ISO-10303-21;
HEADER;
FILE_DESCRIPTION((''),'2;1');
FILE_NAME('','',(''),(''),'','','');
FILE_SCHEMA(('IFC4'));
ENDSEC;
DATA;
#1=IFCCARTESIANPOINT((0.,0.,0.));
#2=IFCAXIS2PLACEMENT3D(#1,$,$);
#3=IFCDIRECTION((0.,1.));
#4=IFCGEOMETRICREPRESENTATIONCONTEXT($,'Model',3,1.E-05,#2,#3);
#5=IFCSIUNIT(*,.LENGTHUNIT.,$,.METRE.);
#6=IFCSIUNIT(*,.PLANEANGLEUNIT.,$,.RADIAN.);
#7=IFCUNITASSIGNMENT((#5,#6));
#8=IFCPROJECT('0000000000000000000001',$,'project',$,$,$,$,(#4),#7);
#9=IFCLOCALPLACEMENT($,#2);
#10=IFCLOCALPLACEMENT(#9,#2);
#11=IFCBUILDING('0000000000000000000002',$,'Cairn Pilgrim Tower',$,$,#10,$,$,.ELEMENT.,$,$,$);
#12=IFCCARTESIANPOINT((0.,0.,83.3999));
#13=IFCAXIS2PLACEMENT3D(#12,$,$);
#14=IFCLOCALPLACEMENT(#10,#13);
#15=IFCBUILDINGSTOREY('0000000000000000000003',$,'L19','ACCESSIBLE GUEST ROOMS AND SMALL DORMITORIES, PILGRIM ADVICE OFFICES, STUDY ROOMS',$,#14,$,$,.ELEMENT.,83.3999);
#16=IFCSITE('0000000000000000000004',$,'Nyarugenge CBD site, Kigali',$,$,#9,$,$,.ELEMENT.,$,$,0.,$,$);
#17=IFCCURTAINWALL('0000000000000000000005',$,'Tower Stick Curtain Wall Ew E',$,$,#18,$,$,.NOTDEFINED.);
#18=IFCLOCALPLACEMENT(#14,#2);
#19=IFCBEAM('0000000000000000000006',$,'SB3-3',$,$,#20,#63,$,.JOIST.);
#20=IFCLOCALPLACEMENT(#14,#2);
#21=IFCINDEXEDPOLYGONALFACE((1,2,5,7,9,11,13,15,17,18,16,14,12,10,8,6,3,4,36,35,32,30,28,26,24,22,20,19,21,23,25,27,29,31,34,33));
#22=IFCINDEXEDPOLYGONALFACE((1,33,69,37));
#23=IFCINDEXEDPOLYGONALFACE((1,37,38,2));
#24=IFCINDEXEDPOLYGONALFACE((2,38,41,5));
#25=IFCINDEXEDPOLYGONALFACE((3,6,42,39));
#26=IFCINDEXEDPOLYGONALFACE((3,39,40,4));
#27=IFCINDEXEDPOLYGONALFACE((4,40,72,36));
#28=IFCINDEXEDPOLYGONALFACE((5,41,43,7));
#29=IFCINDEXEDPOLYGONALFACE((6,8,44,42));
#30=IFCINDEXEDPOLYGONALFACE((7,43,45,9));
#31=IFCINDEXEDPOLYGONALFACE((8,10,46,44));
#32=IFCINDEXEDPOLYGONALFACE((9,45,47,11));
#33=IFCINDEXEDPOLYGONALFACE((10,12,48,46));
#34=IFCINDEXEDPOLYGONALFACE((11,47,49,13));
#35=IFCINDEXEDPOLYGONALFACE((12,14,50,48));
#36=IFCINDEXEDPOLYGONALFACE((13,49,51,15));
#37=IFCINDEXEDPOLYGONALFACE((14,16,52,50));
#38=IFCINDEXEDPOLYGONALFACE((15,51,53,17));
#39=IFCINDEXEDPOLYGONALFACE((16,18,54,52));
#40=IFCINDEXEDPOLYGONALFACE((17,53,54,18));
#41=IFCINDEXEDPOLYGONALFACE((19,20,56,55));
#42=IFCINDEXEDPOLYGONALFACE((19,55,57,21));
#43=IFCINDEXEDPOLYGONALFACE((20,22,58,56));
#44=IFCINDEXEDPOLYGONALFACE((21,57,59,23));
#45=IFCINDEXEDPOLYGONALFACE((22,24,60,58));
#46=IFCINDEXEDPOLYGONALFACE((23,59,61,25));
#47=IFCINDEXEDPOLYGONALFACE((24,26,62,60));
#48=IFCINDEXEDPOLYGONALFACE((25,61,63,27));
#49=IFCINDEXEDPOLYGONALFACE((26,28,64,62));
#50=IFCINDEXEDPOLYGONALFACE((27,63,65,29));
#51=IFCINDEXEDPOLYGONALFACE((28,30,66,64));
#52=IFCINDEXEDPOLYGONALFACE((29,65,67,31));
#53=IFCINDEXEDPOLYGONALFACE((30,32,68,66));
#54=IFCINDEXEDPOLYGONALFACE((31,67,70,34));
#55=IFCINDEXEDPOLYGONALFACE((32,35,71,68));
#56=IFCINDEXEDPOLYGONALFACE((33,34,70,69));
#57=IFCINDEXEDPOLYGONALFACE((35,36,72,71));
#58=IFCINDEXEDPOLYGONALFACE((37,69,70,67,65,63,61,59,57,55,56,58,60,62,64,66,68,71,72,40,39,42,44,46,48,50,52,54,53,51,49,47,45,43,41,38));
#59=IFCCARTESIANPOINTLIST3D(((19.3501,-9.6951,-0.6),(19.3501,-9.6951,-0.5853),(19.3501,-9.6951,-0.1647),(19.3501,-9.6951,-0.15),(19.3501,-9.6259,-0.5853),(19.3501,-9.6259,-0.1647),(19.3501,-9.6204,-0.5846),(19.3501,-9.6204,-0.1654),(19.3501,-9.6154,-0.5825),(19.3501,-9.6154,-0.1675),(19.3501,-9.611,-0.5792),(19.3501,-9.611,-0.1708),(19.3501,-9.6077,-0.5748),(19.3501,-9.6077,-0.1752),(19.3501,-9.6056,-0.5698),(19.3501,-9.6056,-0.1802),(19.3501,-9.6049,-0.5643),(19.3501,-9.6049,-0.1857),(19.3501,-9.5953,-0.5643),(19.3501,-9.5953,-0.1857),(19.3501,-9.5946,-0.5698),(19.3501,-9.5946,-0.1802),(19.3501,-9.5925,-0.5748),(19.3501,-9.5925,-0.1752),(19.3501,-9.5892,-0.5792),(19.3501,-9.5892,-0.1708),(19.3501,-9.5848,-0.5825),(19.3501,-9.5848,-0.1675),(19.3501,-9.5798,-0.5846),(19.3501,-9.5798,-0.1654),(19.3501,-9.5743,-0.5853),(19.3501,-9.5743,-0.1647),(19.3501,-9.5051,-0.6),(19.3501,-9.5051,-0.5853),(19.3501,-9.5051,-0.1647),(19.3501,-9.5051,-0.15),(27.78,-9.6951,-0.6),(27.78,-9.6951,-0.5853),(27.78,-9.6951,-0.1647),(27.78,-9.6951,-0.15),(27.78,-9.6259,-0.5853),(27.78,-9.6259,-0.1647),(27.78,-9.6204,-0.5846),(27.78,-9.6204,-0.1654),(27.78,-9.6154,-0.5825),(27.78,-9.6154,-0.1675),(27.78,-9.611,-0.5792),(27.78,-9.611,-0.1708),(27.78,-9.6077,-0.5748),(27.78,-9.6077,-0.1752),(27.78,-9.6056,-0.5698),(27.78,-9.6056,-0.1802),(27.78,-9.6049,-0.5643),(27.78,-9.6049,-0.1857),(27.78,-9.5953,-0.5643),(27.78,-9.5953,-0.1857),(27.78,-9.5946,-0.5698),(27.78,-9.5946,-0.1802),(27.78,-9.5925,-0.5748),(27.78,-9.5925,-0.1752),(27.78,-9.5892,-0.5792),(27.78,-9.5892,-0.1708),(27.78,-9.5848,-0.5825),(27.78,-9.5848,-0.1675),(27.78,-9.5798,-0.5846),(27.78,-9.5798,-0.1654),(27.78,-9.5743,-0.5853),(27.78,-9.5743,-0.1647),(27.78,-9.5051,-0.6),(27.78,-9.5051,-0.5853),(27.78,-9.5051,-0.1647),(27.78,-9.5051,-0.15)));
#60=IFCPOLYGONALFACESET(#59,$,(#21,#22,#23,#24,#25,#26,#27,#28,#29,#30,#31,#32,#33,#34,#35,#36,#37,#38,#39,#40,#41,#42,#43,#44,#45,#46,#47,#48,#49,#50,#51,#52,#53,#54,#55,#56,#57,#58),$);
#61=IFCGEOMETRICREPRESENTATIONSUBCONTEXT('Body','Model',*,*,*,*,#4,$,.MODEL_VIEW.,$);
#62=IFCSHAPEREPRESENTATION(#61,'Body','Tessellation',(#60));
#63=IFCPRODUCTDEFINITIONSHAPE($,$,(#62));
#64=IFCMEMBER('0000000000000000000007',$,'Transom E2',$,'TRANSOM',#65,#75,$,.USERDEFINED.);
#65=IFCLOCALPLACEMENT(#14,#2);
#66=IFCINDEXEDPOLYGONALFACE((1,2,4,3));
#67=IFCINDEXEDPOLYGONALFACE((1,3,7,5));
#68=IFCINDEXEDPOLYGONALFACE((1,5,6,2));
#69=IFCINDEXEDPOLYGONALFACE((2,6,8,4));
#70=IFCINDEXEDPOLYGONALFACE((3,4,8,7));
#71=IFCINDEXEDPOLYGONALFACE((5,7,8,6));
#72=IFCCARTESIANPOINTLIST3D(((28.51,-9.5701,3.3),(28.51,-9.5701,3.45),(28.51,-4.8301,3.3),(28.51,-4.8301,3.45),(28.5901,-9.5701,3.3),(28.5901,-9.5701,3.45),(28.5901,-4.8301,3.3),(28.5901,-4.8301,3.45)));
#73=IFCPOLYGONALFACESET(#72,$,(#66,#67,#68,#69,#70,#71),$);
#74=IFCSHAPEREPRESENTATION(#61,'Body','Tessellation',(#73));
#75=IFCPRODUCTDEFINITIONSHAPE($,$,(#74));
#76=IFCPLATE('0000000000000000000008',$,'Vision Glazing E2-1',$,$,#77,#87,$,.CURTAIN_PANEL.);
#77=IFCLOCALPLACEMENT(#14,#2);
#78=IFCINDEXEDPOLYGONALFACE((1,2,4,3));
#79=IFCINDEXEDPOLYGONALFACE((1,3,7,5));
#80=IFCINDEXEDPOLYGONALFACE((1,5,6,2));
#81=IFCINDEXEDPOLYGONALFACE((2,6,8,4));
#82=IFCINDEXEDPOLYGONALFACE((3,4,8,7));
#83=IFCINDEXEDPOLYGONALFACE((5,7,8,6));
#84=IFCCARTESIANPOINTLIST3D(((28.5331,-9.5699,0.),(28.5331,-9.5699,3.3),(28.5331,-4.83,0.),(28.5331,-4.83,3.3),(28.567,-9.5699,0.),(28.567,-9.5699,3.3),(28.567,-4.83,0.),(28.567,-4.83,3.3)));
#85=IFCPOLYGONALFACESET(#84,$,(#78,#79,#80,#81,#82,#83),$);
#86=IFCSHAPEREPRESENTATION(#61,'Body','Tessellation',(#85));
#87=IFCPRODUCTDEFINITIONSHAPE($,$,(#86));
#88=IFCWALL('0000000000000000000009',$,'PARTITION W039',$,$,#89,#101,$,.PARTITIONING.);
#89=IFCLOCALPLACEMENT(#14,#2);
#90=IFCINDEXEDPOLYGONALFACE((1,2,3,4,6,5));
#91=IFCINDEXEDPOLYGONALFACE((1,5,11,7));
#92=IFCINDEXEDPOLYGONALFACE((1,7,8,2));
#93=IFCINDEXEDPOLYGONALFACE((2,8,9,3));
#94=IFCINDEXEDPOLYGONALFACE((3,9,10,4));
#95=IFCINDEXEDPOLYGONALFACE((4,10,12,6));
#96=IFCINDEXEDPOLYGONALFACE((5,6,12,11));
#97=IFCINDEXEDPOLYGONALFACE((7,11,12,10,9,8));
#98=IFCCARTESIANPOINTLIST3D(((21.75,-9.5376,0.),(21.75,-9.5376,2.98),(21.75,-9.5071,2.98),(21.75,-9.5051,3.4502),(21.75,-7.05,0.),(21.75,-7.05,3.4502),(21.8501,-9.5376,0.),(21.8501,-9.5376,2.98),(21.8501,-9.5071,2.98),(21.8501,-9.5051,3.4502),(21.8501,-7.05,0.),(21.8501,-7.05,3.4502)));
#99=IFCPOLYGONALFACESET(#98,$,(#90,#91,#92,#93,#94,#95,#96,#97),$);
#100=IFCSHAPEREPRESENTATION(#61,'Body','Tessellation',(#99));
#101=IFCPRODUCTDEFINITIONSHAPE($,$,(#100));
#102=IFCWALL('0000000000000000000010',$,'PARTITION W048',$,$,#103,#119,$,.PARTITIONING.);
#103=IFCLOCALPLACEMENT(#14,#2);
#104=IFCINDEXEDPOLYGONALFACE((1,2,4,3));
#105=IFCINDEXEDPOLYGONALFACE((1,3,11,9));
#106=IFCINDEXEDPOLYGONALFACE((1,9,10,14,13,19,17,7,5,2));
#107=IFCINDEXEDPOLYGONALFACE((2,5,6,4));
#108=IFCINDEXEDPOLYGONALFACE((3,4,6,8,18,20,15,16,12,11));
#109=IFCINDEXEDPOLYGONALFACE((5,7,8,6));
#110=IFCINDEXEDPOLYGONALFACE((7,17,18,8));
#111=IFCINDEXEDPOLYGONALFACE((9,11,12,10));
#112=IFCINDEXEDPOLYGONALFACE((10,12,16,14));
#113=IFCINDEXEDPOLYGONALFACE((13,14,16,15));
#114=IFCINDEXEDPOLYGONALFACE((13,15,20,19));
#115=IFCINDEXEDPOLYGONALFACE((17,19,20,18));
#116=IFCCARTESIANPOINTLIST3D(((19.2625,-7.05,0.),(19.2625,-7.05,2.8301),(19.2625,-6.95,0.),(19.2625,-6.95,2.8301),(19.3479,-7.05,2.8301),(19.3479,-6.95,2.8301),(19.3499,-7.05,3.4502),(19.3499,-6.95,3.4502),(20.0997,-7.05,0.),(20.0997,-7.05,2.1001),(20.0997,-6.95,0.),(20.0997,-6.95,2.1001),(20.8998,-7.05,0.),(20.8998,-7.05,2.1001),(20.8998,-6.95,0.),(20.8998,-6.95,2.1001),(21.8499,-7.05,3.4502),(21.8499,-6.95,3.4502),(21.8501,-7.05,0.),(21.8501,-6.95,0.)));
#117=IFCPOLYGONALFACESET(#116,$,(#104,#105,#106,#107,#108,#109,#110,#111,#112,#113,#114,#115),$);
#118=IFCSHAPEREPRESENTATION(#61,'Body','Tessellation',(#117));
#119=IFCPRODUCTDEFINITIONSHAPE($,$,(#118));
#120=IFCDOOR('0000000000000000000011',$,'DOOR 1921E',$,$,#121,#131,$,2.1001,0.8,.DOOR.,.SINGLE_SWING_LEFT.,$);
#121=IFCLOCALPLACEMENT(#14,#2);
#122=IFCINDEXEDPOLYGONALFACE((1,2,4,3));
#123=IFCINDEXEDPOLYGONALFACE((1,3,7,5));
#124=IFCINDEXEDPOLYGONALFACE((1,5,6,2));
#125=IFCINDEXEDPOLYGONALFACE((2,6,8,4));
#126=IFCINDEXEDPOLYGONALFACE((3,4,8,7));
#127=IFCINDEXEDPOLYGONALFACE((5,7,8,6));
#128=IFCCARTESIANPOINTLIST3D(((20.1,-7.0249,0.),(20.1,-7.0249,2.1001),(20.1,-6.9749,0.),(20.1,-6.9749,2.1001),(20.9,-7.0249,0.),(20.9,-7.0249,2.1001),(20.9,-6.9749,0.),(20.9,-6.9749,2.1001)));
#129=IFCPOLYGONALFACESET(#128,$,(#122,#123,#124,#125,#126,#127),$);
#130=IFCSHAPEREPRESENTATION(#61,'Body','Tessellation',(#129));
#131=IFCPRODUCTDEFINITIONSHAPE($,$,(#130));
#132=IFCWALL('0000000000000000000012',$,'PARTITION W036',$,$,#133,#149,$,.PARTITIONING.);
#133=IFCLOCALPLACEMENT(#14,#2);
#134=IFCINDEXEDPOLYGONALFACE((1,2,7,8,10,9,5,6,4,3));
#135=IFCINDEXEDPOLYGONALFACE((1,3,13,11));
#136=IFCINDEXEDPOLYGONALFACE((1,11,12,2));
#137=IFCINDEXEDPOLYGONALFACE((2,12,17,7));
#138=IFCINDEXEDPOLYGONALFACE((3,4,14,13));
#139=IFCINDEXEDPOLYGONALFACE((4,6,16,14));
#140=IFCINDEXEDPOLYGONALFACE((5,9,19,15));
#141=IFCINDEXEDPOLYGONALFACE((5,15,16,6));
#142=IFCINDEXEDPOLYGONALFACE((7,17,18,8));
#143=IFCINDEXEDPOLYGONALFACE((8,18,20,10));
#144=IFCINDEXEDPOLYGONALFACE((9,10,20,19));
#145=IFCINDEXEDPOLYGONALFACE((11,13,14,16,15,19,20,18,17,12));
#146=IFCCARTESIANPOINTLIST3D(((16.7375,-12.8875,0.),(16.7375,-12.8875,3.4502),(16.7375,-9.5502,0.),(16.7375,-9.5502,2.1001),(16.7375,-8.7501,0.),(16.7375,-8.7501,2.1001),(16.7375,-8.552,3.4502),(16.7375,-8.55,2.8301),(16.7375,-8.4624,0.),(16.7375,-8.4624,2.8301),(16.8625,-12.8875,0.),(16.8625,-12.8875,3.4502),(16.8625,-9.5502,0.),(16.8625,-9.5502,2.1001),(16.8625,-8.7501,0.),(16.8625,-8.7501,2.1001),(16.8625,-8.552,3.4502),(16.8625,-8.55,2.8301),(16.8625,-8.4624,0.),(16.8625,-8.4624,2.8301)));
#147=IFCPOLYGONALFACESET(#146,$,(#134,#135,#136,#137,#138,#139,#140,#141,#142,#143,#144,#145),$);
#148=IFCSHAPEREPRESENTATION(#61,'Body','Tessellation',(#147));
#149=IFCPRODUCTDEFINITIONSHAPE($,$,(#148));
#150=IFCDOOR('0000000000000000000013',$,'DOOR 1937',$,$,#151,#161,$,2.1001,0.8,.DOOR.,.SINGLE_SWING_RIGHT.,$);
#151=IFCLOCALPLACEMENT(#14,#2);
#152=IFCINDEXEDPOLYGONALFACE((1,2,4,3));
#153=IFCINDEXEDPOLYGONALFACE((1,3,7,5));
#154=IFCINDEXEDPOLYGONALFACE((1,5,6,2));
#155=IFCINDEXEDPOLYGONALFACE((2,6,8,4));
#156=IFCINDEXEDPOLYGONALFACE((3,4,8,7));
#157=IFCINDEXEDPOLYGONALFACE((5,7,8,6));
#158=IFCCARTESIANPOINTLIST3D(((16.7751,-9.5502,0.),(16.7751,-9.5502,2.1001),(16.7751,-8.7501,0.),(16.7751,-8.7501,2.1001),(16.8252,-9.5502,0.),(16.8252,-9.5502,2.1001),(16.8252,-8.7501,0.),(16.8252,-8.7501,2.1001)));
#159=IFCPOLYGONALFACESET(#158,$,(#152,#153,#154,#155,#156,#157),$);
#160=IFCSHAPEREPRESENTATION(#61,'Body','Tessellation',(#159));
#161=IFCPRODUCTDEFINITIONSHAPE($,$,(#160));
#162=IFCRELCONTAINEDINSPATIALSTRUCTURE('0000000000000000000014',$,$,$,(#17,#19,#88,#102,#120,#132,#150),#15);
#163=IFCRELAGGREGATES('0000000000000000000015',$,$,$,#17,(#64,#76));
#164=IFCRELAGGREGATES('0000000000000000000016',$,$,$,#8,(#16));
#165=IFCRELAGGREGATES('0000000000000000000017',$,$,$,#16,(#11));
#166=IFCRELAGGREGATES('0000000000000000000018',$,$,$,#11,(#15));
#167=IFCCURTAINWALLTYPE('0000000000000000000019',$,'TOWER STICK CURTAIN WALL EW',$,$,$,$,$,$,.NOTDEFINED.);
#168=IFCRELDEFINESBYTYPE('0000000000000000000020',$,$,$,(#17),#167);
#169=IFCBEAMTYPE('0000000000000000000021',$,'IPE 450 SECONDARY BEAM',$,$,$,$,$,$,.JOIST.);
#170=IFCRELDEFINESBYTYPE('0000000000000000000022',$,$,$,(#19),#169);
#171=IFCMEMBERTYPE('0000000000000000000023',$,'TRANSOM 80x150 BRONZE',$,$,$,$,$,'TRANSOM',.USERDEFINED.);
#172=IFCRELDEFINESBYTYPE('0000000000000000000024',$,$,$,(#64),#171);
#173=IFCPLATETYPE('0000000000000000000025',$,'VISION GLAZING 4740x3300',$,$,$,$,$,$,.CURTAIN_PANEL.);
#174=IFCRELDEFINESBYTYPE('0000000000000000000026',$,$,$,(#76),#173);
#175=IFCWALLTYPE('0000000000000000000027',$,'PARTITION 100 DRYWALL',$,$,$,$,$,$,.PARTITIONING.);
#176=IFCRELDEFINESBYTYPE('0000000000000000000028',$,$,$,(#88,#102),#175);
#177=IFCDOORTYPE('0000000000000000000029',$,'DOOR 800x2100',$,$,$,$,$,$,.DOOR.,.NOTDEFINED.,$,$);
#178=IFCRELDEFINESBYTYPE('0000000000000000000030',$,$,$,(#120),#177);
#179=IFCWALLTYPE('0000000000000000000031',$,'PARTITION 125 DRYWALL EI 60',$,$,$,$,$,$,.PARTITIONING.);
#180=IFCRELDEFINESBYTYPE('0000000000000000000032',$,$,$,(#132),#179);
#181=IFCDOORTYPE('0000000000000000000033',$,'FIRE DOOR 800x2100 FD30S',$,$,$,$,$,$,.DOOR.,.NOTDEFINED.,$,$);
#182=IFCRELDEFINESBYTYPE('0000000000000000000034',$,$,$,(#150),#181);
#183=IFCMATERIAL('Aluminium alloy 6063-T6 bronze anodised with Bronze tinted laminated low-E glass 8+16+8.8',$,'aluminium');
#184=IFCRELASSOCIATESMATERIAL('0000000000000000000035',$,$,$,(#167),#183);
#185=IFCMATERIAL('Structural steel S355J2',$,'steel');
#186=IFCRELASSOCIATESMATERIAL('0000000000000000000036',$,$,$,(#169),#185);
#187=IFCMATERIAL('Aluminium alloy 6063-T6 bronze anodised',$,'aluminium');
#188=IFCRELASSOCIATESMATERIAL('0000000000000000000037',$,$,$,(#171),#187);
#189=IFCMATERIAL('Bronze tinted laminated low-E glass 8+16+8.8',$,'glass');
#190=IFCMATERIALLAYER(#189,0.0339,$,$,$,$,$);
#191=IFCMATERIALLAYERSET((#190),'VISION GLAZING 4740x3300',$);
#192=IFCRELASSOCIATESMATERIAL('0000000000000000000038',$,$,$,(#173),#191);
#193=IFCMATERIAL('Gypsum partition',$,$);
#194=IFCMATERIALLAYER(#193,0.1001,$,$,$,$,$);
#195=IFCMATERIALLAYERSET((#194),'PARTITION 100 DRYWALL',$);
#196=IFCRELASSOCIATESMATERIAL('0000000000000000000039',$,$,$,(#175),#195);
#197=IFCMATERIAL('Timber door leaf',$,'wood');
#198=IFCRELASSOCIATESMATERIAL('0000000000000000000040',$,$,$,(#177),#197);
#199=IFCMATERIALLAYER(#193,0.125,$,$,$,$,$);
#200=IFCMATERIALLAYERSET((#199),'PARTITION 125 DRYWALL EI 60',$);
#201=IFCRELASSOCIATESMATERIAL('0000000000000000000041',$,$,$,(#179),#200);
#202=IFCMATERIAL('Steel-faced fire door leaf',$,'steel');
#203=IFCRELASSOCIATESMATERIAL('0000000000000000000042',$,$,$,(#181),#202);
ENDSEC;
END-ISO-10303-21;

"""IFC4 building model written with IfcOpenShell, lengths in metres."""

from ifc_helpers import new_model, si_unit, direction, frame, frame_2d, origin, origin_2d, place, context, subcontext, project, spatial, polyline, rectangle, i_section, outline, extrude, material, layer, layer_set, material_profile, profile_set, type_object, element, fill, aggregate, save


model = new_model("IFC4")

# Units and contexts
model_context = context("Model", 3, precision=1e-05, world=origin(), true_north=direction((0.0, 1.0)))
body_context = subcontext(model_context, "Body", "Model", "MODEL_VIEW")
ifc_project = project(units=[si_unit("LENGTHUNIT", "METRE"), si_unit("PLANEANGLEUNIT", "RADIAN")], contexts=[model_context])

# Site, building, storey
site_placement = place(None, origin())
site = spatial("IfcSite", under=ifc_project, at=site_placement, Name="Nyarugenge CBD site, Kigali", CompositionType="ELEMENT", RefElevation=0.0)
building_placement = place(site_placement, origin())
building = spatial("IfcBuilding", under=site, at=building_placement, Name="Cairn Pilgrim Tower", CompositionType="ELEMENT")
storey_placement = place(building_placement, frame((0.0, 0.0, 83.3999)))
storey = spatial("IfcBuildingStorey", under=building, at=storey_placement, Name="L19", Description="ACCESSIBLE GUEST ROOMS AND SMALL DORMITORIES, PILGRIM ADVICE OFFICES, STUDY ROOMS", CompositionType="ELEMENT", Elevation=83.3999)

# Curtain wall
ifc_material_1 = material(Name="Aluminium alloy 6063-T6 bronze anodised with Bronze tinted laminated low-E glass 8+16+8.8", Category="aluminium")
curtain_wall_type = type_object("IfcCurtainWallType", Name="TOWER STICK CURTAIN WALL EW", PredefinedType="NOTDEFINED", material=ifc_material_1)
curtain_wall_placement = place(storey_placement, origin())
curtain_wall = element("IfcCurtainWall", 1, at=curtain_wall_placement, inside=storey, type_object=curtain_wall_type, Name="Tower Stick Curtain Wall Ew E", PredefinedType="NOTDEFINED")
ifc_material_2 = material(Name="Aluminium alloy 6063-T6 bronze anodised", Category="aluminium")

# Beam
ifc_material_3 = material(Name="Structural steel S355J2", Category="steel")
ifc_material_profile_1 = material_profile(ifc_material_3, i_section(OverallWidth=0.1899, OverallDepth=0.45, WebThickness=0.0095, FlangeThickness=0.0146, FilletRadius=0.021, at=origin_2d()), Name="IPE 450")
ifc_profile_set_1 = profile_set([ifc_material_profile_1], Name="Structural steel S355J2")
beam_type_1 = type_object("IfcBeamType", Name="IPE 450 SECONDARY BEAM", PredefinedType="JOIST", material=ifc_profile_set_1)
beam_1_placement = place(storey_placement, frame((19.3501, -9.6001, -0.375), z_axis=(1.0, 0.0, 0.0), x_axis=(0.0, 1.0, 0.0)))
element("IfcBeam", 2, at=beam_1_placement, inside=storey, type_object=beam_type_1, Name="SB3-3", PredefinedType="JOIST", context=body_context, shape_type="SweptSolid", body=[
    extrude(i_section(OverallWidth=0.1899, OverallDepth=0.45, WebThickness=0.0095, FlangeThickness=0.0146, FilletRadius=0.021, at=origin_2d()), origin(), (0.0, 0.0, 1.0), 8.4299),
])

# Member
ifc_material_profile_2 = material_profile(ifc_material_2, rectangle(XDim=0.0801, YDim=0.1499, at=origin_2d()), Name="TRANSOM 80x150 BRONZE")
ifc_profile_set_2 = profile_set([ifc_material_profile_2], Name="Aluminium alloy 6063-T6 bronze anodised")
member_type_1 = type_object("IfcMemberType", Name="TRANSOM 80x150 BRONZE", ElementType="TRANSOM", PredefinedType="USERDEFINED", material=ifc_profile_set_2)
member_1_placement = place(storey_placement, frame((28.55, -9.5701, 3.375), z_axis=(0.0, 1.0, 0.0), x_axis=(-1.0, 0.0, 0.0)))
member_1 = element("IfcMember", 3, at=member_1_placement, type_object=member_type_1, Name="Transom E2", ObjectType="TRANSOM", PredefinedType="USERDEFINED", context=body_context, shape_type="SweptSolid", body=[
    extrude(rectangle(XDim=0.0801, YDim=0.1499, at=origin_2d()), origin(), (0.0, 0.0, 1.0), 4.74),
])

# Plate
ifc_material_4 = material(Name="Bronze tinted laminated low-E glass 8+16+8.8", Category="glass")
ifc_layer_1 = layer(ifc_material_4, 0.0339)
ifc_layer_set_1 = layer_set([ifc_layer_1], Name="VISION GLAZING 4740x3300")
plate_type = type_object("IfcPlateType", Name="VISION GLAZING 4740x3300", PredefinedType="CURTAIN_PANEL", material=ifc_layer_set_1)
plate_placement = place(storey_placement, frame((28.55, -7.2, 0.0), z_axis=(0.0, 0.0, 1.0), x_axis=(0.0, 1.0, 0.0)))
plate = element("IfcPlate", 4, at=plate_placement, type_object=plate_type, Name="Vision Glazing E2-1", PredefinedType="CURTAIN_PANEL", context=body_context, shape_type="SweptSolid", body=[
    extrude(rectangle(XDim=4.74, YDim=0.0339, at=origin_2d()), origin(), (0.0, 0.0, 1.0), 3.3),
])
aggregate(curtain_wall, [member_1, plate])

# Wall
ifc_material_5 = material(Name="Gypsum partition")
ifc_layer_2 = layer(ifc_material_5, 0.1001)
ifc_layer_set_2 = layer_set([ifc_layer_2], Name="PARTITION 100 DRYWALL")
wall_type_1 = type_object("IfcWallType", Name="PARTITION 100 DRYWALL", PredefinedType="PARTITIONING", material=ifc_layer_set_2)
wall_1_placement = place(storey_placement, frame((21.8, -9.5376, 0.0), z_axis=(0.0, 0.0, 1.0), x_axis=(0.0, 1.0, 0.0)))
element("IfcWall", 5, at=wall_1_placement, inside=storey, type_object=wall_type_1, Name="PARTITION W039", PredefinedType="PARTITIONING", context=body_context, shape_type="SweptSolid", body=[
    extrude(outline(polyline([(0.0, 0.0), (2.4875, 0.0), (2.4875, 3.4502), (0.0325, 3.4502), (0.0305, 2.98), (0.0, 2.98), (0.0, 0.0)])), frame((0.0, 0.05, 0.0), z_axis=(0.0, -1.0, 0.0), x_axis=(1.0, 0.0, 0.0)), (0.0, 0.0, 1.0), 0.1001),
])

# Walls, openings, doors
wall_2_placement = place(storey_placement, frame((19.2625, -7.0, 0.0), z_axis=(0.0, 0.0, 1.0), x_axis=(1.0, 0.0, 0.0)))
wall_2 = element("IfcWall", 6, at=wall_2_placement, inside=storey, type_object=wall_type_1, Name="PARTITION W048", PredefinedType="PARTITIONING", context=body_context, shape_type="SweptSolid", body=[
    extrude(outline(polyline([(0.0, 0.0), (2.5876, 0.0), (2.5874, 3.4502), (0.0874, 3.4502), (0.0854, 2.8301), (0.0, 2.8301), (0.0, 0.0)])), frame((0.0, 0.05, 0.0), z_axis=(0.0, -1.0, 0.0), x_axis=(1.0, 0.0, 0.0)), (0.0, 0.0, 1.0), 0.1001),
])
opening_1_placement = place(wall_2_placement, frame((0.8374, 0.0, 0.0)))
opening_1 = element("IfcOpeningElement", 7, at=opening_1_placement, cuts=wall_2, PredefinedType="OPENING", context=body_context, shape_type="SweptSolid", body=[
    extrude(rectangle(XDim=0.8, YDim=2.1001, at=frame_2d((0.3999, 1.05))), frame((0.0, 0.0601, 0.0), z_axis=(0.0, -1.0, 0.0), x_axis=(1.0, 0.0, 0.0)), (0.0, 0.0, 1.0), 0.1201),
])
ifc_material_6 = material(Name="Timber door leaf", Category="wood")
door_type_1 = type_object("IfcDoorType", Name="DOOR 800x2100", OperationType="NOTDEFINED", PredefinedType="DOOR", material=ifc_material_6)
door_1_placement = place(opening_1_placement, frame((0.8, 0.0, 0.0), z_axis=(0.0, 0.0, 1.0), x_axis=(-1.0, 0.0, 0.0)))
door_1 = element("IfcDoor", 8, at=door_1_placement, inside=storey, type_object=door_type_1, Name="DOOR 1921E", OperationType="SINGLE_SWING_LEFT", OverallHeight=2.1001, OverallWidth=0.8, PredefinedType="DOOR", context=body_context, shape_type="SweptSolid", body=[
    extrude(rectangle(XDim=0.8, YDim=2.1001, at=frame_2d((0.3999, 1.05))), frame((0.0, 0.0249, 0.0), z_axis=(0.0, -1.0, 0.0), x_axis=(1.0, 0.0, 0.0)), (0.0, 0.0, 1.0), 0.05),
])
fill(opening_1, door_1)
ifc_layer_3 = layer(ifc_material_5, 0.125)
ifc_layer_set_3 = layer_set([ifc_layer_3], Name="PARTITION 125 DRYWALL EI 60")
wall_type_2 = type_object("IfcWallType", Name="PARTITION 125 DRYWALL EI 60", PredefinedType="PARTITIONING", material=ifc_layer_set_3)
wall_3_placement = place(storey_placement, frame((16.8, -12.8875, 0.0), z_axis=(0.0, 0.0, 1.0), x_axis=(0.0, 1.0, 0.0)))
wall_3 = element("IfcWall", 9, at=wall_3_placement, inside=storey, type_object=wall_type_2, Name="PARTITION W036", PredefinedType="PARTITIONING", context=body_context, shape_type="SweptSolid", body=[
    extrude(outline(polyline([(0.0, 0.0), (4.425, 0.0), (4.425, 2.8301), (4.3374, 2.8301), (4.3354, 3.4502), (0.0, 3.4502), (0.0, 0.0)])), frame((0.0, 0.0625, 0.0), z_axis=(0.0, -1.0, 0.0), x_axis=(1.0, 0.0, 0.0)), (0.0, 0.0, 1.0), 0.125),
])
opening_2_placement = place(wall_3_placement, frame((3.3374, 0.0, 0.0)))
opening_2 = element("IfcOpeningElement", 10, at=opening_2_placement, cuts=wall_3, PredefinedType="OPENING", context=body_context, shape_type="SweptSolid", body=[
    extrude(rectangle(XDim=0.8, YDim=2.1001, at=frame_2d((0.3999, 1.05))), frame((0.0, 0.0725, 0.0), z_axis=(0.0, -1.0, 0.0), x_axis=(1.0, 0.0, 0.0)), (0.0, 0.0, 1.0), 0.145),
])
ifc_material_7 = material(Name="Steel-faced fire door leaf", Category="steel")
door_type_2 = type_object("IfcDoorType", Name="FIRE DOOR 800x2100 FD30S", OperationType="NOTDEFINED", PredefinedType="DOOR", material=ifc_material_7)
door_2_placement = place(opening_2_placement, origin())
door_2 = element("IfcDoor", 11, at=door_2_placement, inside=storey, type_object=door_type_2, Name="DOOR 1937", OperationType="SINGLE_SWING_RIGHT", OverallHeight=2.1001, OverallWidth=0.8, PredefinedType="DOOR", context=body_context, shape_type="SweptSolid", body=[
    extrude(rectangle(XDim=0.8, YDim=2.1001, at=frame_2d((0.3999, 1.05))), frame((0.0, 0.0249, 0.0), z_axis=(0.0, -1.0, 0.0), x_axis=(1.0, 0.0, 0.0)), (0.0, 0.0, 1.0), 0.05),
])
fill(opening_2, door_2)

save(model, "model.ifc")
